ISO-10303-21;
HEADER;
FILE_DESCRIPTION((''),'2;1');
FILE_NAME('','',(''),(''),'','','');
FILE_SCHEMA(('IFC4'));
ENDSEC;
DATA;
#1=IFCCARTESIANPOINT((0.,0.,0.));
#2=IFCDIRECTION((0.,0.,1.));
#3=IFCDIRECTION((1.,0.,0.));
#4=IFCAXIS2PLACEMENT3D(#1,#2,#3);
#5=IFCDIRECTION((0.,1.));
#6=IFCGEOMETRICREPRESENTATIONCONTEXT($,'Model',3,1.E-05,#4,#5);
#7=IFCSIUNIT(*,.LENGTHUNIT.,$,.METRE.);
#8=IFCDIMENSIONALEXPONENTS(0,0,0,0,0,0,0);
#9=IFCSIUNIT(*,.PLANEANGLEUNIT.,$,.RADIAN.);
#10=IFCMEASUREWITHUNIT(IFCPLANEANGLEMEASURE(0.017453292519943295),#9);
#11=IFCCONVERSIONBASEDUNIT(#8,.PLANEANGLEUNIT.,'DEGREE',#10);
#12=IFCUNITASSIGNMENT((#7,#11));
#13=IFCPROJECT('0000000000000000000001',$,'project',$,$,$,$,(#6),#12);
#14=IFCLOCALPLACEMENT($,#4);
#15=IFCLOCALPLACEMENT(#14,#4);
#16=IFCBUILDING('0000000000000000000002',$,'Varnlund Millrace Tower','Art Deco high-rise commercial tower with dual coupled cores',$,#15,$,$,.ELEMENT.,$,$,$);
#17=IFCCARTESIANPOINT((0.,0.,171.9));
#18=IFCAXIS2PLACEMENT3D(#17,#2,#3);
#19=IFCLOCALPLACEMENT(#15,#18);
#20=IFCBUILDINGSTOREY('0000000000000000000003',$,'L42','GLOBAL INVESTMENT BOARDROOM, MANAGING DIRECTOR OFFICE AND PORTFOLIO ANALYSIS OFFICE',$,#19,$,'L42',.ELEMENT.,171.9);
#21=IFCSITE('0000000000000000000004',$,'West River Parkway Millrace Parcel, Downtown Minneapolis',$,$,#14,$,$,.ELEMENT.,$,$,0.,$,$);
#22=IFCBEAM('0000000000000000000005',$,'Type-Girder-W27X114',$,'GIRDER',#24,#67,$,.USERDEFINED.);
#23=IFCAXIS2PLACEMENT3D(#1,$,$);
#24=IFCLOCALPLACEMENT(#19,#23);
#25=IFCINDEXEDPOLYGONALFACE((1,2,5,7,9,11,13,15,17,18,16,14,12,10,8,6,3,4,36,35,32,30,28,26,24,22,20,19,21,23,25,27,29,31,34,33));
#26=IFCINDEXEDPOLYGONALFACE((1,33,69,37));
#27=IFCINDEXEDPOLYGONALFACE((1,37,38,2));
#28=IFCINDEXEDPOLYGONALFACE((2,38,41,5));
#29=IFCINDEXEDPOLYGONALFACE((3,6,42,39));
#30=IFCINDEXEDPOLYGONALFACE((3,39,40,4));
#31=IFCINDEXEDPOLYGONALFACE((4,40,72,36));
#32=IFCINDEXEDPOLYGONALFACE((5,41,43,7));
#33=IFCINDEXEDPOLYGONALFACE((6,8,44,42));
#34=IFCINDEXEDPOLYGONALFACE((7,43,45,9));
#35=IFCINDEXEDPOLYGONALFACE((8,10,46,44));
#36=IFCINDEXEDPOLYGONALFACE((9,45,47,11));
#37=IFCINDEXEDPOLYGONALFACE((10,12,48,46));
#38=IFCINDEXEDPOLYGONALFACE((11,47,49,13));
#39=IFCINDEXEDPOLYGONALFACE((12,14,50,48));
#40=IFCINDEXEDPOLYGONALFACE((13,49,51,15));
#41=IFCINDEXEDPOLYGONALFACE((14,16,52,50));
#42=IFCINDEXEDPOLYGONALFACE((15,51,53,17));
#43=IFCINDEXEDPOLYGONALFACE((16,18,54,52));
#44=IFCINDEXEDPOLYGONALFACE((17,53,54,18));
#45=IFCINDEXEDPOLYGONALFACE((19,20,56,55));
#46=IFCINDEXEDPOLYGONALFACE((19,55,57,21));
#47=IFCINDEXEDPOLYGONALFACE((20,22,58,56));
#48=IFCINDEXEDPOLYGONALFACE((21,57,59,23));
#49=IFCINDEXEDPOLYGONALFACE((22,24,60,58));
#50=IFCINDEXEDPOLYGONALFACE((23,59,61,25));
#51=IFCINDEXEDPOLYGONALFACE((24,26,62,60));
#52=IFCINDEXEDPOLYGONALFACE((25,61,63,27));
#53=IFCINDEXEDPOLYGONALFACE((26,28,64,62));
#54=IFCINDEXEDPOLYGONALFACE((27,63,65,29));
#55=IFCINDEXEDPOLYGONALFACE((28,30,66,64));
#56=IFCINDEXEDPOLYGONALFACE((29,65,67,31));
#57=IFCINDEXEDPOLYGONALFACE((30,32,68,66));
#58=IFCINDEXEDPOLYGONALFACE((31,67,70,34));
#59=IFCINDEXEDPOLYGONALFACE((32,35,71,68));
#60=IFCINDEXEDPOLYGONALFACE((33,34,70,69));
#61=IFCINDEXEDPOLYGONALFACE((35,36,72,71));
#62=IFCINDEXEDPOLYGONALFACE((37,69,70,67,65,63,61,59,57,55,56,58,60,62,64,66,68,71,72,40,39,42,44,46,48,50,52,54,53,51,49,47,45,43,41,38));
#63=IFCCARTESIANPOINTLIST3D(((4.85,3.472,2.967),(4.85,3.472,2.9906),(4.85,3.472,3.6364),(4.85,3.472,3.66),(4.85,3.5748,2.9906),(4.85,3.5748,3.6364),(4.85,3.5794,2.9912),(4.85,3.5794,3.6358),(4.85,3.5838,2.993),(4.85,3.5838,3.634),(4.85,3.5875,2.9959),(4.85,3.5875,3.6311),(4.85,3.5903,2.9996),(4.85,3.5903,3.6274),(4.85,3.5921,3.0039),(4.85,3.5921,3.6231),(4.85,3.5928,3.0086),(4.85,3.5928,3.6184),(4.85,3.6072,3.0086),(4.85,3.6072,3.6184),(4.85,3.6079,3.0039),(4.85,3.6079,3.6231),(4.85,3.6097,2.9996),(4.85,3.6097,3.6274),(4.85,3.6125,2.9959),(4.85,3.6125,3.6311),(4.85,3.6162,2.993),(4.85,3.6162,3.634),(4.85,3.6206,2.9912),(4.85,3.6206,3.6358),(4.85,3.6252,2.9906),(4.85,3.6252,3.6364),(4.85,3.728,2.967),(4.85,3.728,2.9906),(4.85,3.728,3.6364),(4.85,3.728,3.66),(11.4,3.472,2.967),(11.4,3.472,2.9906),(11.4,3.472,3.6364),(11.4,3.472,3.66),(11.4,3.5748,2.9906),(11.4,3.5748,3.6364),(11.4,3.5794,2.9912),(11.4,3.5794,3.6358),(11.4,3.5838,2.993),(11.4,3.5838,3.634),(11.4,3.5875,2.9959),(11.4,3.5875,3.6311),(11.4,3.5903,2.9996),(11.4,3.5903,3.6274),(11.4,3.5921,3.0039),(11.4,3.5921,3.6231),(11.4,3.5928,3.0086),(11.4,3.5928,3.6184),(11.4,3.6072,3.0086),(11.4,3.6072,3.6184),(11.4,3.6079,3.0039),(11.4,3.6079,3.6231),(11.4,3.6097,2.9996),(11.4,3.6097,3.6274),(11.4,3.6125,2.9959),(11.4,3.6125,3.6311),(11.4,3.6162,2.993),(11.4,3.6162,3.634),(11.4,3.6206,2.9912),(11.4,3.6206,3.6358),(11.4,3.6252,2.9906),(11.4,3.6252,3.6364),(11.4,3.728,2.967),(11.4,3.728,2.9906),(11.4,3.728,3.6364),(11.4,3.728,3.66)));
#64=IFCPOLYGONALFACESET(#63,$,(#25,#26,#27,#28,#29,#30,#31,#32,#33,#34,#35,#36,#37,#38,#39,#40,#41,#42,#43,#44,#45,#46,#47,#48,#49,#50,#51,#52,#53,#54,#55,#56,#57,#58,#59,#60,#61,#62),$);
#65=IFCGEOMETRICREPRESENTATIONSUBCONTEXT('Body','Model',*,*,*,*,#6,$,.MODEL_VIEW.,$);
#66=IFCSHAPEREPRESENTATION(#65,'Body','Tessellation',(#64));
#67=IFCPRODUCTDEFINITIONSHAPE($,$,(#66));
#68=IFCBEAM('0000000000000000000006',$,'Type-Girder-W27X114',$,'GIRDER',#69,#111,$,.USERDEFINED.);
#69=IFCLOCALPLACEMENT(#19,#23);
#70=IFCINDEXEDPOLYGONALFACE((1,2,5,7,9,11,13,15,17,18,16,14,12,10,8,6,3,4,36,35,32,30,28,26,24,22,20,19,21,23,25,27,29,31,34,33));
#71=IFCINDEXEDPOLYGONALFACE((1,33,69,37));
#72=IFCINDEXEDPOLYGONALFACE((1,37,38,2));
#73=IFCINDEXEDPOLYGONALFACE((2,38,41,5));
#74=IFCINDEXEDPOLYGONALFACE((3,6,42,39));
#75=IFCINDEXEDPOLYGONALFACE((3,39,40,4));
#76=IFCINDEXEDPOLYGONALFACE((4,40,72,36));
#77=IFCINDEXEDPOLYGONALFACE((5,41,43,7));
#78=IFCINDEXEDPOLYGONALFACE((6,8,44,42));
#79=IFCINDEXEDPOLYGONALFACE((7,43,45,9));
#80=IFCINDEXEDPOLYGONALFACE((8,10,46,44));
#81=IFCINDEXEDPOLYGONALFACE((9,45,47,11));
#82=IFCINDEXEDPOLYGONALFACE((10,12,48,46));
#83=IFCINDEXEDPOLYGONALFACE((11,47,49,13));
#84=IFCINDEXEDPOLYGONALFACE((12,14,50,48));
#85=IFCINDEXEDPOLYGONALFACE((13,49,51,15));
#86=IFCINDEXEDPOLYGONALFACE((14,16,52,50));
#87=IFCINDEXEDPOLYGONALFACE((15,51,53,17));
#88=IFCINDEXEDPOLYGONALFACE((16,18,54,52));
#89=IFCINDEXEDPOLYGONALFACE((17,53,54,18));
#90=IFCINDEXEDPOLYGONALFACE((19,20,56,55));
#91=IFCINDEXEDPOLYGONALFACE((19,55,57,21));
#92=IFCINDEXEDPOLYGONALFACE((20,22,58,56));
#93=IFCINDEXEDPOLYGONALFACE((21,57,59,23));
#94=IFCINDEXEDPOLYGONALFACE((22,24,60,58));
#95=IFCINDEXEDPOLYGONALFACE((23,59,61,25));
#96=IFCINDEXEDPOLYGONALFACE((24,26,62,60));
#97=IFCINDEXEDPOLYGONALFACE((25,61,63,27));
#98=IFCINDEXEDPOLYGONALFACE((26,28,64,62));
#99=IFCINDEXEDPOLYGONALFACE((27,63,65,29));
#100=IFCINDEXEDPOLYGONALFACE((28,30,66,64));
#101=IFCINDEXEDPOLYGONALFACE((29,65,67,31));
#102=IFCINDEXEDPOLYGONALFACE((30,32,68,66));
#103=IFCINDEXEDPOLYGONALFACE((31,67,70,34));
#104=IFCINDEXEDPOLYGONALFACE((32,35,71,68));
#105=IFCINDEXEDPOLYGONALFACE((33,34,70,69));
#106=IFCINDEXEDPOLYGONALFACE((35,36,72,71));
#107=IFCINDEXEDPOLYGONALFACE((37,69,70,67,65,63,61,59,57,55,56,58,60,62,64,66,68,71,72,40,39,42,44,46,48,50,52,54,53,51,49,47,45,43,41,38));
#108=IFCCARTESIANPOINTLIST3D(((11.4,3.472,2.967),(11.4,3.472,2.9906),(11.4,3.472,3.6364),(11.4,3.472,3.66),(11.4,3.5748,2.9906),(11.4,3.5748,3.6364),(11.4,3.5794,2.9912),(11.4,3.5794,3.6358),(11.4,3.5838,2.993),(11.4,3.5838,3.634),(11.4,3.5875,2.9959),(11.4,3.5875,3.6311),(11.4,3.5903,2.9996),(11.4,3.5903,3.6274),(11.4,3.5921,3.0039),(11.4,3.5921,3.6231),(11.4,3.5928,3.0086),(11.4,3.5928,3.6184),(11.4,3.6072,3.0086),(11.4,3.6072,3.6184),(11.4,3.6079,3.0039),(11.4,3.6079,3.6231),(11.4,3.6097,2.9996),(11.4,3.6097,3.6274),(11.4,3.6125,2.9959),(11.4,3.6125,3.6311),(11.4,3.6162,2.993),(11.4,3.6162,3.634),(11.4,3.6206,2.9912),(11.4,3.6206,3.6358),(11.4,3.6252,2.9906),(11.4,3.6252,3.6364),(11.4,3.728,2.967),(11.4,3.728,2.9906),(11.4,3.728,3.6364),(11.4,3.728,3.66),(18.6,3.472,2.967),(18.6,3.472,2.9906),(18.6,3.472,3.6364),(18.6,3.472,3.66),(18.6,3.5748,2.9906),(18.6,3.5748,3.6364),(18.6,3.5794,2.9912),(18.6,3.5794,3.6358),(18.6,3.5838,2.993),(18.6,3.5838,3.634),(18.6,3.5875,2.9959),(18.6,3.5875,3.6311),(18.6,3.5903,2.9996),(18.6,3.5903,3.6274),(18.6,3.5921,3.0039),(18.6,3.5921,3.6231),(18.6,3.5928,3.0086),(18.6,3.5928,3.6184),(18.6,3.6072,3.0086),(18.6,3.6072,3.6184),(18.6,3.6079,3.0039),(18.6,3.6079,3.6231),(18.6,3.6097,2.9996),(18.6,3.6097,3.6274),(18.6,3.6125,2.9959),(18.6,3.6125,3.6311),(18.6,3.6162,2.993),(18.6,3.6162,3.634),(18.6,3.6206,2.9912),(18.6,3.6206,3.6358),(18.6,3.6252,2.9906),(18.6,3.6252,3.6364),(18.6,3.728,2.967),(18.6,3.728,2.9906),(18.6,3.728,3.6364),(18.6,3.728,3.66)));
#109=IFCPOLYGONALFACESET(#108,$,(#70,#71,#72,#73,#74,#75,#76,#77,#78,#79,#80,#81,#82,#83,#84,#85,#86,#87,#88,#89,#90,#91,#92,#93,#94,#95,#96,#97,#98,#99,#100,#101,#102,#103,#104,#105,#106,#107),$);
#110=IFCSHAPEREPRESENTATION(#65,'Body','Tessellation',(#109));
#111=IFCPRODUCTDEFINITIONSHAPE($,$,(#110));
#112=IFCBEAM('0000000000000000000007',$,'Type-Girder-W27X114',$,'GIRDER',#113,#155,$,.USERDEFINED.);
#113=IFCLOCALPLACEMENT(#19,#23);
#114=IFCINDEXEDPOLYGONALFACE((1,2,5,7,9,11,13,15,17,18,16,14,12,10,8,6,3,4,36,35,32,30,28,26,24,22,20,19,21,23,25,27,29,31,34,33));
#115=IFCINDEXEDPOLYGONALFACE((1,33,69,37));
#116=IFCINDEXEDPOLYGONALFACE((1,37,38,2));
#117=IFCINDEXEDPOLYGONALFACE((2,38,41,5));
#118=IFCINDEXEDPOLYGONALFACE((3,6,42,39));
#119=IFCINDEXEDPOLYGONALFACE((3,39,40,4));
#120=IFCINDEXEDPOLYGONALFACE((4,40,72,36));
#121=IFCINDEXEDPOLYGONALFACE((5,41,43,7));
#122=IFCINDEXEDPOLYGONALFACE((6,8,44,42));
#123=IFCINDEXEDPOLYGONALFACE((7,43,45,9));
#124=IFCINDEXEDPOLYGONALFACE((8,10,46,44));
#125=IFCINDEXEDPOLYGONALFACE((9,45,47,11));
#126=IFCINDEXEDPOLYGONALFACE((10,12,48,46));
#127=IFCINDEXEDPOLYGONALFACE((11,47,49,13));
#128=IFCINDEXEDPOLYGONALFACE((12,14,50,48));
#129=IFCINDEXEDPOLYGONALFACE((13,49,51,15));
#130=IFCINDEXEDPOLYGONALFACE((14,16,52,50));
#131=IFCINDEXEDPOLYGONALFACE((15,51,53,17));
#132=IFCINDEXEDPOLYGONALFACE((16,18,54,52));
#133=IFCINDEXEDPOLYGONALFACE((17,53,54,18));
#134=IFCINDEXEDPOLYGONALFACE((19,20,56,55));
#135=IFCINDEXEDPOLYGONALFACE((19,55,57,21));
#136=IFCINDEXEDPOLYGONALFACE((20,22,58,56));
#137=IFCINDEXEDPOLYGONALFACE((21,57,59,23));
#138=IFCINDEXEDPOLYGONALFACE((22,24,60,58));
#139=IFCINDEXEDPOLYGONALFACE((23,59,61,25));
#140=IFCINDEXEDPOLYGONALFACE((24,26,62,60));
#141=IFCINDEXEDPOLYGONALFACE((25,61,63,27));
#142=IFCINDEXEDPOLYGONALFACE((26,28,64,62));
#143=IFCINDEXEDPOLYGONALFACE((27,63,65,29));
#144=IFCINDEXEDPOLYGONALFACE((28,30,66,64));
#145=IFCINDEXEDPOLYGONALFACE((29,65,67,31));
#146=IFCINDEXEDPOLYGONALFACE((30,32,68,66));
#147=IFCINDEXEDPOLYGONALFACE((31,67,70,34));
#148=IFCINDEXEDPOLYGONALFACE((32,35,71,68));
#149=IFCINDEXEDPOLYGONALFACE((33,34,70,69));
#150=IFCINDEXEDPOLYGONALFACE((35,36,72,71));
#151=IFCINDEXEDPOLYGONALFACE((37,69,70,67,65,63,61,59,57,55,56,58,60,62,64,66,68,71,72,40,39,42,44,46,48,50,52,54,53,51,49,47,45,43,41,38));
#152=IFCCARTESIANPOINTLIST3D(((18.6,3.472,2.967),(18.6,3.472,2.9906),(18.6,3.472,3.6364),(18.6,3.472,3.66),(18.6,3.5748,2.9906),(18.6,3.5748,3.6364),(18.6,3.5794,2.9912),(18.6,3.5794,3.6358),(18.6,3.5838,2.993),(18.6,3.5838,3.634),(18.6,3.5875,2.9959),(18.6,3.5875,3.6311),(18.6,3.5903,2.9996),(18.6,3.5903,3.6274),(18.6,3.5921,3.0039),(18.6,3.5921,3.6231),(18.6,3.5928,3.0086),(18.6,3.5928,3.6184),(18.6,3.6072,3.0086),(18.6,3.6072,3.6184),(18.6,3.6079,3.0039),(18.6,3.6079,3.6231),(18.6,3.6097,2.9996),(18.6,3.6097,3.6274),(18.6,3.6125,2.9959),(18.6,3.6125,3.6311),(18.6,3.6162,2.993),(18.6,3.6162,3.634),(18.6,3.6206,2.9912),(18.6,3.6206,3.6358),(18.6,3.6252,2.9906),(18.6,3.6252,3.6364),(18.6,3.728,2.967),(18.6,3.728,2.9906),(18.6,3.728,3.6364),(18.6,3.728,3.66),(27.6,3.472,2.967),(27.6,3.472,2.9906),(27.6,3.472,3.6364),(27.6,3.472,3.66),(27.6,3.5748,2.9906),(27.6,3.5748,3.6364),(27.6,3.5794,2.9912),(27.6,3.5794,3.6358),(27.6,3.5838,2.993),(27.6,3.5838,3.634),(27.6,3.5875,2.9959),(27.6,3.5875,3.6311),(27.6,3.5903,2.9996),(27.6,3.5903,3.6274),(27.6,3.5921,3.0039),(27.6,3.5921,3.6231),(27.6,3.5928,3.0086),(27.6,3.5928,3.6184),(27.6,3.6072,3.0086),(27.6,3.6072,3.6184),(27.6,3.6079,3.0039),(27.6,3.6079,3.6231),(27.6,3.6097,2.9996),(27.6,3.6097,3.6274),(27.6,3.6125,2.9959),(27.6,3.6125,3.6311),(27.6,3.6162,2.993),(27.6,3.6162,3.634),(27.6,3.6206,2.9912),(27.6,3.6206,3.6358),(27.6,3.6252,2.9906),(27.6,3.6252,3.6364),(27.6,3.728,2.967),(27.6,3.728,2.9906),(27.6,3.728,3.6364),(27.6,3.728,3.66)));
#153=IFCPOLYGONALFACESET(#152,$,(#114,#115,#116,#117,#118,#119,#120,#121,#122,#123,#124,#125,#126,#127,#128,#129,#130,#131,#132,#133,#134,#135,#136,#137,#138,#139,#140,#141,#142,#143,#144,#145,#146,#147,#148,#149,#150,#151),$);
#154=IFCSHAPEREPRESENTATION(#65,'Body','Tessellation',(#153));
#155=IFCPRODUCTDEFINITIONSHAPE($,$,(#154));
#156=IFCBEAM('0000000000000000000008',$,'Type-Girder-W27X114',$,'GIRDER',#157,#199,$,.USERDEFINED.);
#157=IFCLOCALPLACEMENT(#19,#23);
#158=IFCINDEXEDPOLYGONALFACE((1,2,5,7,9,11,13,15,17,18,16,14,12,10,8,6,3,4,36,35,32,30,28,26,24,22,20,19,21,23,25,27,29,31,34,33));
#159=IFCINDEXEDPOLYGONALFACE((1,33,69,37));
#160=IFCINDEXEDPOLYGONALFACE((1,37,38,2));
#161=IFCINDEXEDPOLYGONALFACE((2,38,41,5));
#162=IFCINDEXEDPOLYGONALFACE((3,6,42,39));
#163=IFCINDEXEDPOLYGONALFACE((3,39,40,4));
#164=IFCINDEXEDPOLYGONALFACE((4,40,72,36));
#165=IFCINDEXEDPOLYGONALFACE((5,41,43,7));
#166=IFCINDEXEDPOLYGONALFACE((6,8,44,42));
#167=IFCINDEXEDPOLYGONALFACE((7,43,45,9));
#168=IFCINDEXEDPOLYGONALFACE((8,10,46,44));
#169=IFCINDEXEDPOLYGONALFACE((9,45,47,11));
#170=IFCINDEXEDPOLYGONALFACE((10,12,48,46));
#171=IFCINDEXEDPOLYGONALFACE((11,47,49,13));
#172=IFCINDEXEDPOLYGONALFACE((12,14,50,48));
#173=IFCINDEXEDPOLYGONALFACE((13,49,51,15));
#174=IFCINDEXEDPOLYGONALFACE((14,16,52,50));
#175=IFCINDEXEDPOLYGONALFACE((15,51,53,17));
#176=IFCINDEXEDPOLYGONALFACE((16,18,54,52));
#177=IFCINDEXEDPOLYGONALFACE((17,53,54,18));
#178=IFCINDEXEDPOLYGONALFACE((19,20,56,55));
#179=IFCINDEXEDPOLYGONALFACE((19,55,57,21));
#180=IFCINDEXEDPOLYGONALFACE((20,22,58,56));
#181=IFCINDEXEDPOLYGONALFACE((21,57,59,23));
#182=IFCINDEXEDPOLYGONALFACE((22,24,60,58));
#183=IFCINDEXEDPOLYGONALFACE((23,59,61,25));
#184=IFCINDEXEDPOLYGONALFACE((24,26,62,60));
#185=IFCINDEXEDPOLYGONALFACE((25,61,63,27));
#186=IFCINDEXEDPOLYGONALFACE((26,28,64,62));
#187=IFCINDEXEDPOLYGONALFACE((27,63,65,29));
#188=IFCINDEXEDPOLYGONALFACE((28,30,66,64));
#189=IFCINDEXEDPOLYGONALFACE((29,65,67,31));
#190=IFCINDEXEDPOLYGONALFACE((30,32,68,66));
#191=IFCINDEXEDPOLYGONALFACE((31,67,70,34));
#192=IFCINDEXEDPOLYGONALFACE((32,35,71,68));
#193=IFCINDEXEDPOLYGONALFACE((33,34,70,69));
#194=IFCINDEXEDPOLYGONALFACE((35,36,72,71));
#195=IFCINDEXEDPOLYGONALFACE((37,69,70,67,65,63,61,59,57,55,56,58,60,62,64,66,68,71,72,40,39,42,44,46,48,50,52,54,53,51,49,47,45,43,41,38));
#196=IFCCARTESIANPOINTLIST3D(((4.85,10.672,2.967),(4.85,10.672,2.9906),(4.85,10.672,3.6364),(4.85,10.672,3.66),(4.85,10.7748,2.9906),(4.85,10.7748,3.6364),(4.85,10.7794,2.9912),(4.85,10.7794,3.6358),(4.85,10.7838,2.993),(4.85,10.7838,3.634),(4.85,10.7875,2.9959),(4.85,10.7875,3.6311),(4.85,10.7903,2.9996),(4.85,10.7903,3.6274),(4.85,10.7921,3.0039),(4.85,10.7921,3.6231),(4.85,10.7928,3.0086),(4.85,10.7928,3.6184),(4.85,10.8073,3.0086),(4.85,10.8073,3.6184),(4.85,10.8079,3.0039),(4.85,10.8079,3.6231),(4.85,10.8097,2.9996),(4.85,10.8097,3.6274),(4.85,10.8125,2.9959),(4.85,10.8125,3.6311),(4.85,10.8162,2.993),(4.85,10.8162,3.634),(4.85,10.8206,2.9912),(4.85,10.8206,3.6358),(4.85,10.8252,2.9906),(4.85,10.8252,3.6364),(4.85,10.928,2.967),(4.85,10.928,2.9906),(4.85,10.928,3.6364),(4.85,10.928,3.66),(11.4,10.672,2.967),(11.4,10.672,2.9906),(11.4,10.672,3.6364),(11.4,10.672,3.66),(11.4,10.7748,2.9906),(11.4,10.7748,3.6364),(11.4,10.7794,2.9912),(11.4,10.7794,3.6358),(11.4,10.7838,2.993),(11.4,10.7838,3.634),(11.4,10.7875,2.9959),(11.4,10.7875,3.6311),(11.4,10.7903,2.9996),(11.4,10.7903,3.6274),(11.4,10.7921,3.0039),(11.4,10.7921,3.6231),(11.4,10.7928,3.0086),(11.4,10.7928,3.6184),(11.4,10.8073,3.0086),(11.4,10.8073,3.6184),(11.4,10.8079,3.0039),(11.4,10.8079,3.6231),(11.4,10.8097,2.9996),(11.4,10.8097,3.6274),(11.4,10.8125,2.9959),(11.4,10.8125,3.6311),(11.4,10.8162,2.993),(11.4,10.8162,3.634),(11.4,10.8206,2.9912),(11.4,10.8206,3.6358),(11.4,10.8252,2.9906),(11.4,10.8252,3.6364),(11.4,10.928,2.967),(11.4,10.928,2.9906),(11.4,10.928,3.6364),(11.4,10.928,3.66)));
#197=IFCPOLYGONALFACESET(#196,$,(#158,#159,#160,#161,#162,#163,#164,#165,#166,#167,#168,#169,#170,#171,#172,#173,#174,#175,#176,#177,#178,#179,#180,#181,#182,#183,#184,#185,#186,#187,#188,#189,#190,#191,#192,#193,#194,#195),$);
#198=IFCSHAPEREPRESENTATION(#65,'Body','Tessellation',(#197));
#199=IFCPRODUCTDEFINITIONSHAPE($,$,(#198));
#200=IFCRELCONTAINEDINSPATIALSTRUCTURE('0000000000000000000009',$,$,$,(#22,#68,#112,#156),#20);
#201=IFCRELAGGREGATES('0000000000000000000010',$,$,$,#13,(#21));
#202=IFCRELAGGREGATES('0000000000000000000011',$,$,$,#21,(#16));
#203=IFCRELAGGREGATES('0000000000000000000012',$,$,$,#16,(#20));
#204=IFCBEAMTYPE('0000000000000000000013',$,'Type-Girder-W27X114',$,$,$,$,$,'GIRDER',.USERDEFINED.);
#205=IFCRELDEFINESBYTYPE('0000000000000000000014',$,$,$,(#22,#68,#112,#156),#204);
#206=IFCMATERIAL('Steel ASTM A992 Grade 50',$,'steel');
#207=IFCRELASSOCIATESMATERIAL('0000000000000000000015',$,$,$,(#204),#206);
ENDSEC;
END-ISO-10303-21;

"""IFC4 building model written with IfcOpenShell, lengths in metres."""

from ifc_helpers import new_model, entity, si_unit, converted_unit, direction, frame, origin_with_axes, origin_2d_with_axis, place, context, subcontext, project, spatial, i_section, extrude, material, material_profile, profile_set, type_object, element, save


model = new_model("IFC4")

# Units and contexts
model_context = context("Model", 3, precision=1e-05, world=origin_with_axes(), true_north=direction((0.0, 1.0)))
body_context = subcontext(model_context, "Body", "Model", "MODEL_VIEW")
ifc_project = project(units=[si_unit("LENGTHUNIT", "METRE"), converted_unit("PLANEANGLEUNIT", "DEGREE", entity("IfcPlaneAngleMeasure", 0.017453292519943295), si_unit("PLANEANGLEUNIT", "RADIAN"), dimensions=[0, 0, 0, 0, 0, 0, 0])], contexts=[model_context])

# Site, building, storey
site_placement = place(None, origin_with_axes())
site = spatial("IfcSite", under=ifc_project, at=site_placement, Name="West River Parkway Millrace Parcel, Downtown Minneapolis", CompositionType="ELEMENT", RefElevation=0.0)
building_placement = place(site_placement, origin_with_axes())
building = spatial("IfcBuilding", under=site, at=building_placement, Name="Varnlund Millrace Tower", Description="Art Deco high-rise commercial tower with dual coupled cores", CompositionType="ELEMENT")
storey_placement = place(building_placement, frame((0.0, 0.0, 171.9), z_axis=(0.0, 0.0, 1.0), x_axis=(1.0, 0.0, 0.0)))
storey = spatial("IfcBuildingStorey", under=building, at=storey_placement, Name="L42", Description="GLOBAL INVESTMENT BOARDROOM, MANAGING DIRECTOR OFFICE AND PORTFOLIO ANALYSIS OFFICE", LongName="L42", CompositionType="ELEMENT", Elevation=171.9)

# Beams
ifc_material_1 = material(Name="Steel ASTM A992 Grade 50", Category="steel")
ifc_material_profile_1 = material_profile(ifc_material_1, i_section(OverallWidth=0.256, OverallDepth=0.693, WebThickness=0.0145, FlangeThickness=0.0236, FilletRadius=0.018, at=origin_2d_with_axis()), Name="Steel ASTM A992 Grade 50")
ifc_profile_set_1 = profile_set([ifc_material_profile_1], Name="Steel ASTM A992 Grade 50")
beam_type_1 = type_object("IfcBeamType", Name="Type-Girder-W27X114", ElementType="GIRDER", PredefinedType="USERDEFINED", material=ifc_profile_set_1)
beam_1_placement = place(storey_placement, frame((4.85, 3.6, 3.3135), z_axis=(1.0, 0.0, 0.0), x_axis=(0.0, 1.0, 0.0)))
element("IfcBeam", 1, at=beam_1_placement, inside=storey, type_object=beam_type_1, Name="Type-Girder-W27X114", ObjectType="GIRDER", PredefinedType="USERDEFINED", context=body_context, shape_type="SweptSolid", body=[
    extrude(i_section(OverallWidth=0.256, OverallDepth=0.693, WebThickness=0.0145, FlangeThickness=0.0236, FilletRadius=0.018, at=origin_2d_with_axis()), origin_with_axes(), (0.0, 0.0, 1.0), 6.55),
])
beam_2_placement = place(storey_placement, frame((11.4, 3.6, 3.3135), z_axis=(1.0, 0.0, 0.0), x_axis=(0.0, 1.0, 0.0)))
element("IfcBeam", 2, at=beam_2_placement, inside=storey, type_object=beam_type_1, Name="Type-Girder-W27X114", ObjectType="GIRDER", PredefinedType="USERDEFINED", context=body_context, shape_type="SweptSolid", body=[
    extrude(i_section(OverallWidth=0.256, OverallDepth=0.693, WebThickness=0.0145, FlangeThickness=0.0236, FilletRadius=0.018, at=origin_2d_with_axis()), origin_with_axes(), (0.0, 0.0, 1.0), 7.2),
])
beam_3_placement = place(storey_placement, frame((18.6, 3.6, 3.3135), z_axis=(1.0, 0.0, 0.0), x_axis=(0.0, 1.0, 0.0)))
element("IfcBeam", 3, at=beam_3_placement, inside=storey, type_object=beam_type_1, Name="Type-Girder-W27X114", ObjectType="GIRDER", PredefinedType="USERDEFINED", context=body_context, shape_type="SweptSolid", body=[
    extrude(i_section(OverallWidth=0.256, OverallDepth=0.693, WebThickness=0.0145, FlangeThickness=0.0236, FilletRadius=0.018, at=origin_2d_with_axis()), origin_with_axes(), (0.0, 0.0, 1.0), 9.0),
])
beam_4_placement = place(storey_placement, frame((4.85, 10.8, 3.3135), z_axis=(1.0, 0.0, 0.0), x_axis=(0.0, 1.0, 0.0)))
element("IfcBeam", 4, at=beam_4_placement, inside=storey, type_object=beam_type_1, Name="Type-Girder-W27X114", ObjectType="GIRDER", PredefinedType="USERDEFINED", context=body_context, shape_type="SweptSolid", body=[
    extrude(i_section(OverallWidth=0.256, OverallDepth=0.693, WebThickness=0.0145, FlangeThickness=0.0236, FilletRadius=0.018, at=origin_2d_with_axis()), origin_with_axes(), (0.0, 0.0, 1.0), 6.55),
])

save(model, "model.ifc")
